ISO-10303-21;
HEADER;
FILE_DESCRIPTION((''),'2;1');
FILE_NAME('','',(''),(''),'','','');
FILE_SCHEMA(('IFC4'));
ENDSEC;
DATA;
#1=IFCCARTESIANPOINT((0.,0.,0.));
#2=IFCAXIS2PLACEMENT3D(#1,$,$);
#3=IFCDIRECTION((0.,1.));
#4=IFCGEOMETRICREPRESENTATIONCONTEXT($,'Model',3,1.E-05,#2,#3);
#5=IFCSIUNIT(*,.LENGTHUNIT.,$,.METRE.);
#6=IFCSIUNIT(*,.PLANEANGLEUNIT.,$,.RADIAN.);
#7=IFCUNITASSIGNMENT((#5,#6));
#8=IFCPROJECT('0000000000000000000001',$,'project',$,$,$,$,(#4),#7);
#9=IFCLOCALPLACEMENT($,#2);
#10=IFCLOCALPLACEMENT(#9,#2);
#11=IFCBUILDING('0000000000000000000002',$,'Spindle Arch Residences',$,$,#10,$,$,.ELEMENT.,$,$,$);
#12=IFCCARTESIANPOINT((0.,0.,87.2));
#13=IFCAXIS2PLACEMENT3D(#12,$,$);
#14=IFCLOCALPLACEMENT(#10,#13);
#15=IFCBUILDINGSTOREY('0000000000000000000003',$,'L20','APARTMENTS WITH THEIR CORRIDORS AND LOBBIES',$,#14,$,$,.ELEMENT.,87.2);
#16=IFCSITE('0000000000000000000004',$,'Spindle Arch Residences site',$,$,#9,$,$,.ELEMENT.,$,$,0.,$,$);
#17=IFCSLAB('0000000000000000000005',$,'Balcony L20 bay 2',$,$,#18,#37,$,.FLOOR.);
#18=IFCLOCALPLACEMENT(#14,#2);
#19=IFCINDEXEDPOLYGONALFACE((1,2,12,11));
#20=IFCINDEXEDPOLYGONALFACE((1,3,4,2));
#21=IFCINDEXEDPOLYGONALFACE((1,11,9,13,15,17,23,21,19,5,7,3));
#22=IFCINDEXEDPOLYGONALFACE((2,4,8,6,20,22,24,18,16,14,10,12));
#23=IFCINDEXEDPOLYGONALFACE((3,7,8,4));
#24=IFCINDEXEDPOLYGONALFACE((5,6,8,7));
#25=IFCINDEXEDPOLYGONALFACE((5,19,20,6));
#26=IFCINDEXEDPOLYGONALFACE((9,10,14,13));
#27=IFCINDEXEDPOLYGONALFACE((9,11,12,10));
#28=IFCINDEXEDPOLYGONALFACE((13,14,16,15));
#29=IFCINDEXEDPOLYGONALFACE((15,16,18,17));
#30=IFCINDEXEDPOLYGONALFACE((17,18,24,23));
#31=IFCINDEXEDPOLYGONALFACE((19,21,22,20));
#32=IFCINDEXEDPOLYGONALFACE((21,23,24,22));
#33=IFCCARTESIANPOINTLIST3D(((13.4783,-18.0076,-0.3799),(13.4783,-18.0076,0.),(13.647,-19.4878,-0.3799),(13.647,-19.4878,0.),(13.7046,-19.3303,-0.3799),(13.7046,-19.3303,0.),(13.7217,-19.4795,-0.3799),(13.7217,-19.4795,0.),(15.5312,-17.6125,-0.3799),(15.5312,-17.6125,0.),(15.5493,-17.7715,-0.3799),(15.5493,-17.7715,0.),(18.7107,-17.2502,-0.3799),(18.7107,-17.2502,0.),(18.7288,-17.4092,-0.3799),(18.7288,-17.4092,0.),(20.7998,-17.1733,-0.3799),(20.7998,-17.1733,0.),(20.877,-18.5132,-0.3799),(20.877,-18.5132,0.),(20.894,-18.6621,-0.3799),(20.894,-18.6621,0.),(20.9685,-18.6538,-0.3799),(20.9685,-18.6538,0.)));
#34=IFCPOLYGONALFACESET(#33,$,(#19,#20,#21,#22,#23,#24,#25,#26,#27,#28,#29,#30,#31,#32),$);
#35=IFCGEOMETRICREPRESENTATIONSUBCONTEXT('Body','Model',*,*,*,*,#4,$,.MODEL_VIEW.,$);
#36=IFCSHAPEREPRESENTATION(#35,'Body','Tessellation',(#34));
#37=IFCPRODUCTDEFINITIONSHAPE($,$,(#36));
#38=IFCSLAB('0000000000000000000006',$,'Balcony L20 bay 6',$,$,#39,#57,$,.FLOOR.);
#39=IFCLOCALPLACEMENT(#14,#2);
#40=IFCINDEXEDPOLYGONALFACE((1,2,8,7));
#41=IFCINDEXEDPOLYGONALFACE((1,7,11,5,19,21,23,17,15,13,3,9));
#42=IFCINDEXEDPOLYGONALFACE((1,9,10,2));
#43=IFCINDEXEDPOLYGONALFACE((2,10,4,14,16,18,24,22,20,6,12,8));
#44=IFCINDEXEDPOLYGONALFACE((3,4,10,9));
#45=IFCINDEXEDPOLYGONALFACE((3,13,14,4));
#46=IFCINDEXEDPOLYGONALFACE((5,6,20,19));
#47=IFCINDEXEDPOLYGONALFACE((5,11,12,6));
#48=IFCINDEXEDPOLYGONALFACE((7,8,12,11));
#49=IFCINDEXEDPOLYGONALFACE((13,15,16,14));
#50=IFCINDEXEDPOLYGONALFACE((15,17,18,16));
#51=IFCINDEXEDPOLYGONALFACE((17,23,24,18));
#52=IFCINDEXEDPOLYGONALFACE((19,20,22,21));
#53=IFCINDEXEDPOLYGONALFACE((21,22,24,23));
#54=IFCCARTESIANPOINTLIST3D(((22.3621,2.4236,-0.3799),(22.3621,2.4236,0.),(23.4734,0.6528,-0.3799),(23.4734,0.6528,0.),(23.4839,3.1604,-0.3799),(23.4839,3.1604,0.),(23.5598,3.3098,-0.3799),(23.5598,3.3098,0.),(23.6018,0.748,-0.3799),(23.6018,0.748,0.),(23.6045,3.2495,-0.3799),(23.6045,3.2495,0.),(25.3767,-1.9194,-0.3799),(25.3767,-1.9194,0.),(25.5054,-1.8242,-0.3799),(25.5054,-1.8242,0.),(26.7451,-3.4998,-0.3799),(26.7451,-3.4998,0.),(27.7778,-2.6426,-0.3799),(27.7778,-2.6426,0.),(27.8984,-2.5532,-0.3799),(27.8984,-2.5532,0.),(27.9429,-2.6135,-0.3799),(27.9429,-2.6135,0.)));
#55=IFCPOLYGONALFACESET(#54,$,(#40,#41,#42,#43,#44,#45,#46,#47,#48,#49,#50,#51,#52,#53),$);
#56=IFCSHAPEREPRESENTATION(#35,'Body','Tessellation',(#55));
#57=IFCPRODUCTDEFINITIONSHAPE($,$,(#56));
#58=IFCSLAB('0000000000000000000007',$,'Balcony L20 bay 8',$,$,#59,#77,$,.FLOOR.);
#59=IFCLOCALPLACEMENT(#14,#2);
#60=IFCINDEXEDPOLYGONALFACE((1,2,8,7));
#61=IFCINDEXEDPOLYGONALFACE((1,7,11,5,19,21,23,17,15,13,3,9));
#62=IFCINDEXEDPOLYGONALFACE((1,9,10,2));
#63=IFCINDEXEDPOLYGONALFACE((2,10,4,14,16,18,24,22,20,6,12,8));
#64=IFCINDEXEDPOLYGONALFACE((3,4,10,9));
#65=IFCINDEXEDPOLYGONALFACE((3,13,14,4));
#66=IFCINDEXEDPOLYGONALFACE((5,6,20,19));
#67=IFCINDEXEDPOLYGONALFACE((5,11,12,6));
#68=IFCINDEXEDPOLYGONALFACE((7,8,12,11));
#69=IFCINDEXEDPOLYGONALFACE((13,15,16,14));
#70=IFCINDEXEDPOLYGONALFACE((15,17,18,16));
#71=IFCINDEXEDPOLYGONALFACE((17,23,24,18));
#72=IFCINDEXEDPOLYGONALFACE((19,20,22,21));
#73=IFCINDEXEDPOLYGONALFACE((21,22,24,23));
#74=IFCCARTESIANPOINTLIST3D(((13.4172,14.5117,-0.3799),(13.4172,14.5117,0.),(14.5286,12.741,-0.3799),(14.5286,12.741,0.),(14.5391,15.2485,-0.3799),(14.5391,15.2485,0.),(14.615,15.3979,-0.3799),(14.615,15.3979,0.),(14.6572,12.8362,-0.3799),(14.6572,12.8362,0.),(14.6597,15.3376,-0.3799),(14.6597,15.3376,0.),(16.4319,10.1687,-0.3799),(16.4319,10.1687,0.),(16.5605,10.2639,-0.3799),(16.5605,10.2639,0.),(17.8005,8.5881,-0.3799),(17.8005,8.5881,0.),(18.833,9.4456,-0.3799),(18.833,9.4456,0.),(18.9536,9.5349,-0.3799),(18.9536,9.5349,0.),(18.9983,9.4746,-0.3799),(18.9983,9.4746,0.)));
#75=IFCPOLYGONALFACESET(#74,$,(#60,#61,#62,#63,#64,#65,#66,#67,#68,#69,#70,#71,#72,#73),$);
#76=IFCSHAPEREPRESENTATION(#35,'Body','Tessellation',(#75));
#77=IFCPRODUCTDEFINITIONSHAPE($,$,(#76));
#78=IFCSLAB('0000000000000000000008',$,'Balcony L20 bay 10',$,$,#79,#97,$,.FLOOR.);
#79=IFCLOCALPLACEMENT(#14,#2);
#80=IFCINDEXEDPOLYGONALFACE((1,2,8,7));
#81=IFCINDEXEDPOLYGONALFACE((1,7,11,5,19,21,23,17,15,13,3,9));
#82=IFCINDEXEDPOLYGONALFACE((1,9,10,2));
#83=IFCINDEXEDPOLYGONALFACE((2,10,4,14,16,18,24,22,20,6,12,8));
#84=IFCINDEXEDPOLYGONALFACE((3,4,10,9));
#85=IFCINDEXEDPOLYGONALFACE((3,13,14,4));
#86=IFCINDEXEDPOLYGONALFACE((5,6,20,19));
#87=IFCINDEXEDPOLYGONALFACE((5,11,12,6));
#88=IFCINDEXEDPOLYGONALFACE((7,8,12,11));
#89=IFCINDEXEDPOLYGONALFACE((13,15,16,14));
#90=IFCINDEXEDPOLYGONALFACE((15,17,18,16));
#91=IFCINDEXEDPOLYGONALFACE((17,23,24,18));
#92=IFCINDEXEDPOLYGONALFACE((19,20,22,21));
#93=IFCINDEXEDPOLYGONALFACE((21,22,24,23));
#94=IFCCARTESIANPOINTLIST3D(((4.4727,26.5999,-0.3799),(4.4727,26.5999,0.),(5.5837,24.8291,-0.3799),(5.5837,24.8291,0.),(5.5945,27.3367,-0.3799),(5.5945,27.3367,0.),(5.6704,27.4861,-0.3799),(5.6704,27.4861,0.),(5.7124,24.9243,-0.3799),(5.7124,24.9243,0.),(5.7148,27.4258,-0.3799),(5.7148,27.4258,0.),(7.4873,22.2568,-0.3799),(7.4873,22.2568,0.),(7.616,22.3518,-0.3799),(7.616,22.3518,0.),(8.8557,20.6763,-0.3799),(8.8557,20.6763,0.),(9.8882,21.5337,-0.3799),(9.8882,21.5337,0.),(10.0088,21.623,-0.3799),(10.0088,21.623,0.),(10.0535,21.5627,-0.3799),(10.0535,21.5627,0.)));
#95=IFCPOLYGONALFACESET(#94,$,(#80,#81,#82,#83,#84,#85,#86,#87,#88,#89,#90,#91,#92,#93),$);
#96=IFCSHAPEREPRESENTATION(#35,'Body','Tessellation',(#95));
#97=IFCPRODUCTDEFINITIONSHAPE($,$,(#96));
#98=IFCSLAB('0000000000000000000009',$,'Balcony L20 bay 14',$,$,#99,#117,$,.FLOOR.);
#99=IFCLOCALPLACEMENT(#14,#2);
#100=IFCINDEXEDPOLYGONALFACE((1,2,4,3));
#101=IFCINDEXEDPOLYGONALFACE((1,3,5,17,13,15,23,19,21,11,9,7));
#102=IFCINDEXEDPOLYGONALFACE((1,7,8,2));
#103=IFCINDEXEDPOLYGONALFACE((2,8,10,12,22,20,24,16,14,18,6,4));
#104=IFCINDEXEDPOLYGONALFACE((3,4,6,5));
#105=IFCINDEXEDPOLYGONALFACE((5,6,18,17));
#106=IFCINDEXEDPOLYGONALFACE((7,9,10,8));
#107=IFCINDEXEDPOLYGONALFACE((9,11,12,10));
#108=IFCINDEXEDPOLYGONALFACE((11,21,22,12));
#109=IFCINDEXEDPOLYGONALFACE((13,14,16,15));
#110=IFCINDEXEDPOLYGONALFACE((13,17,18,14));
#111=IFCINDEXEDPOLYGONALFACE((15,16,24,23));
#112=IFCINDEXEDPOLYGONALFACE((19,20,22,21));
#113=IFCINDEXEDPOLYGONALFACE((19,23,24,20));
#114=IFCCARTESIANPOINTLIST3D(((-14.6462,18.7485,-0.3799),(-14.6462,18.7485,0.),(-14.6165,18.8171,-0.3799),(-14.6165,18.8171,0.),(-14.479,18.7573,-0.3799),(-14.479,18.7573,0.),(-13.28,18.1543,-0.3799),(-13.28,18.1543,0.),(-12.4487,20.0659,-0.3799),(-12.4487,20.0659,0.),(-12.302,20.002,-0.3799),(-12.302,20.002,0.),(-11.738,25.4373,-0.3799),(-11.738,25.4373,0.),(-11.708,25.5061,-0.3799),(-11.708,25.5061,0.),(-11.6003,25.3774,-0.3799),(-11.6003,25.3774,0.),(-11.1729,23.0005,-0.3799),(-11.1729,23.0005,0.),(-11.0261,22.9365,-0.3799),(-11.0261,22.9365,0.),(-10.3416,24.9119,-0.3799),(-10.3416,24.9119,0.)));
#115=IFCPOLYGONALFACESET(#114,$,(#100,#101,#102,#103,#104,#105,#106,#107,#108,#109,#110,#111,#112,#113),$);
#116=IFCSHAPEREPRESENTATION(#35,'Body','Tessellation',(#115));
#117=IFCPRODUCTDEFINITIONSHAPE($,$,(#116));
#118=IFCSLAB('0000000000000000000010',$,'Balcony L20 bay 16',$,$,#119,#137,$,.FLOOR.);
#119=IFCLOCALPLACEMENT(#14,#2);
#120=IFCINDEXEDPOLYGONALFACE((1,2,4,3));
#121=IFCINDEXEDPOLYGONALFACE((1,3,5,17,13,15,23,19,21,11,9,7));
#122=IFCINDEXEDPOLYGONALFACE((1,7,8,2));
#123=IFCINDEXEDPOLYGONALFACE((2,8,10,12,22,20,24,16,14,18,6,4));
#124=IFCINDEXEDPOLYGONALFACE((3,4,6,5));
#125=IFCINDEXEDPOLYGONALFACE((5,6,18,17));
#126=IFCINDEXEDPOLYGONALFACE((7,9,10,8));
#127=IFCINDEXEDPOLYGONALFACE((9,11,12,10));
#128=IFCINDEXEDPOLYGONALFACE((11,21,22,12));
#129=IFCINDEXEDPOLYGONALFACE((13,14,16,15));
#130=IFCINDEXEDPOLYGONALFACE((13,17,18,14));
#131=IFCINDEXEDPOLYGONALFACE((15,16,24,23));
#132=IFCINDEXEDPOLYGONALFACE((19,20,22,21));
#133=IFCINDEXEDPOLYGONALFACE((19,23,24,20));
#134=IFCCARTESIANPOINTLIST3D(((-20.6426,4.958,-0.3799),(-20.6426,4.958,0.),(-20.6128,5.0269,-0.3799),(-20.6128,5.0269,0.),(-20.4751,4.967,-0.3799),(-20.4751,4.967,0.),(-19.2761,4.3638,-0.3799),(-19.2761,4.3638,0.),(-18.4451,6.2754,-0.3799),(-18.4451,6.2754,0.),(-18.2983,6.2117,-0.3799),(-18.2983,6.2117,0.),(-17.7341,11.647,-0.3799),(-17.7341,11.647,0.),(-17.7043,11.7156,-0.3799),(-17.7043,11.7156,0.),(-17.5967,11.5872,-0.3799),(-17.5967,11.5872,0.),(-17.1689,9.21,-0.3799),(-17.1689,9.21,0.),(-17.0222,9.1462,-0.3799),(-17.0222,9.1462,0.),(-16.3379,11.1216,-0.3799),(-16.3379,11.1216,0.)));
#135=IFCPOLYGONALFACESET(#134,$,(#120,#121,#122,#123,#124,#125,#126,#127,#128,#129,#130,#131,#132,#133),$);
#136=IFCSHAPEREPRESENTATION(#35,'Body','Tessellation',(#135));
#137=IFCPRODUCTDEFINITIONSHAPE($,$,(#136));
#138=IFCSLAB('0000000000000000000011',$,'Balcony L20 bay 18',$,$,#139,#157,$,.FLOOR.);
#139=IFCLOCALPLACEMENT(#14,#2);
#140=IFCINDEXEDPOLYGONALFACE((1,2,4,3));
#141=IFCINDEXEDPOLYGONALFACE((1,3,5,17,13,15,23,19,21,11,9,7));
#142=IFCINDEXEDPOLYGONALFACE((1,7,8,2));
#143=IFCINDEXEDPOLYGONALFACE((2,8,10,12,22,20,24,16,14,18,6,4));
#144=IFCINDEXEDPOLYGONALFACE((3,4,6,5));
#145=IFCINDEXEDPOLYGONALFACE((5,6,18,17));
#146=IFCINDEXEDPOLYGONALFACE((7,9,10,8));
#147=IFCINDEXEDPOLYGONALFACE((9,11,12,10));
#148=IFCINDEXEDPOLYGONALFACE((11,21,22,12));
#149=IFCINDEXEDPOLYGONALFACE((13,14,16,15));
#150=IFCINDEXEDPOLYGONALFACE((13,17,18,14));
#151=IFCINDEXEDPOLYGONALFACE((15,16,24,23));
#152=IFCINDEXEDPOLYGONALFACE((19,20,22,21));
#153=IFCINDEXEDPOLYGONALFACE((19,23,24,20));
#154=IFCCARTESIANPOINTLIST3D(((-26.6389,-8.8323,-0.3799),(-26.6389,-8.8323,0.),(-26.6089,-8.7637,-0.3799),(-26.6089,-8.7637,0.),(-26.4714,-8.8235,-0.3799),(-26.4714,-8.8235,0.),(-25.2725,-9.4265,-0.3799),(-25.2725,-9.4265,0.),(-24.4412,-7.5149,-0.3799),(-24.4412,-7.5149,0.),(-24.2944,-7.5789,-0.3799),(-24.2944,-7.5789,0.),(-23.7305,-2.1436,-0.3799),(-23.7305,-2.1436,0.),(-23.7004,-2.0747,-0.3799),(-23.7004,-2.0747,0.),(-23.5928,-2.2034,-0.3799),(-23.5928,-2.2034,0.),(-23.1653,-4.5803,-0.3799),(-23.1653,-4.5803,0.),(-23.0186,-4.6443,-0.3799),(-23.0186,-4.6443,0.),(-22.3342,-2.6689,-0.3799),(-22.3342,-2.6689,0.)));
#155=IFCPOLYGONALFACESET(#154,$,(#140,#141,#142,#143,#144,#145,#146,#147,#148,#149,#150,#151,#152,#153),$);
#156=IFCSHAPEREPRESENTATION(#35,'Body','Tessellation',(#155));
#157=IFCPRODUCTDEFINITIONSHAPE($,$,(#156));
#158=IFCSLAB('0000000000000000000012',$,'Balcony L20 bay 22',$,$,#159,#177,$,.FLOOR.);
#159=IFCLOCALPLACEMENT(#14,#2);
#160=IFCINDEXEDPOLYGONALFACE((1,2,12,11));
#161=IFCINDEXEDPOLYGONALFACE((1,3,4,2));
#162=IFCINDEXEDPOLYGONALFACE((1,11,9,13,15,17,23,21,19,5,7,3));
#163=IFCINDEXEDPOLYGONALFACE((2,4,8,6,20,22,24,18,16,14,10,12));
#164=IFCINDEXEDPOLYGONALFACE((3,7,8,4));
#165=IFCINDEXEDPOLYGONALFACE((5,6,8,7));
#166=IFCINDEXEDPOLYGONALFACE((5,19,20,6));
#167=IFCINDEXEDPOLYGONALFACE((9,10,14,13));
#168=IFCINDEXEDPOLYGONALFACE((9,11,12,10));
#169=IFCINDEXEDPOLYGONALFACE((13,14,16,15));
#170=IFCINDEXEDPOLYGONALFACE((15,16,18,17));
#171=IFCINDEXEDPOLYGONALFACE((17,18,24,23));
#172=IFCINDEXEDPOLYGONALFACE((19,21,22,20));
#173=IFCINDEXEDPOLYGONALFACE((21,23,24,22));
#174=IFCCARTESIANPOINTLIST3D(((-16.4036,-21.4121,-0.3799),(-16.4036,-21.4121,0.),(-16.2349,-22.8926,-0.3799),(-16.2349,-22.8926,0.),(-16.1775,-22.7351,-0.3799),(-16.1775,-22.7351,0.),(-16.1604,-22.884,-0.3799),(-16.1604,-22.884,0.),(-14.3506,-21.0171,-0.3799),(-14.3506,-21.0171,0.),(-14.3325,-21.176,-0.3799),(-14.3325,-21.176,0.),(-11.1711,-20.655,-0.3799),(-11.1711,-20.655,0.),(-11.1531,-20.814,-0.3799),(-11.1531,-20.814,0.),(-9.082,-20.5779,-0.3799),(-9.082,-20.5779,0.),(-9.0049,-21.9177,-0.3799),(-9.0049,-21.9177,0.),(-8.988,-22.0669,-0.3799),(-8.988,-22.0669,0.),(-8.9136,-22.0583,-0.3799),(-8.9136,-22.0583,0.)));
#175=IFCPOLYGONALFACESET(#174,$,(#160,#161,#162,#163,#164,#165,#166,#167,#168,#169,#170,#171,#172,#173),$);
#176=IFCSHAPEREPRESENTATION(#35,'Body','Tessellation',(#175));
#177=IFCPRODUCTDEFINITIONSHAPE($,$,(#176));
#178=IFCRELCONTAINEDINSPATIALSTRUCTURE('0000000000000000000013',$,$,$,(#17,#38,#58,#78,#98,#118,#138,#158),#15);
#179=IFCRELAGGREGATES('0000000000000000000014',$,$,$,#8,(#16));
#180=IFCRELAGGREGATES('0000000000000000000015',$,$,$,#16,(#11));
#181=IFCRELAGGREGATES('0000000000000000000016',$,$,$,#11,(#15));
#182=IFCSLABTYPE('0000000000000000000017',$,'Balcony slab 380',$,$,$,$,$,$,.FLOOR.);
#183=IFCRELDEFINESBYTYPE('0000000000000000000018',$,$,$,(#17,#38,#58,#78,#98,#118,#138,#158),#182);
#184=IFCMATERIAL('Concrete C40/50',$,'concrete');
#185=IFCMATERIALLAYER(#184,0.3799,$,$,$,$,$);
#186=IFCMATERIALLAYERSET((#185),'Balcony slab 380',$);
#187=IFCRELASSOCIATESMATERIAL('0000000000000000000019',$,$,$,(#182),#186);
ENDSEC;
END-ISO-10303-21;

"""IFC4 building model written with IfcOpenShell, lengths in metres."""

from ifc_helpers import new_model, si_unit, direction, frame, origin, place, context, subcontext, project, spatial, polyline, outline, extrude, material, layer, layer_set, type_object, element, save


model = new_model("IFC4")

# Units and contexts
model_context = context("Model", 3, precision=1e-05, world=origin(), true_north=direction((0.0, 1.0)))
body_context = subcontext(model_context, "Body", "Model", "MODEL_VIEW")
ifc_project = project(units=[si_unit("LENGTHUNIT", "METRE"), si_unit("PLANEANGLEUNIT", "RADIAN")], contexts=[model_context])

# Site, building, storey
site_placement = place(None, origin())
site = spatial("IfcSite", under=ifc_project, at=site_placement, Name="Spindle Arch Residences site", CompositionType="ELEMENT", RefElevation=0.0)
building_placement = place(site_placement, origin())
building = spatial("IfcBuilding", under=site, at=building_placement, Name="Spindle Arch Residences", CompositionType="ELEMENT")
storey_placement = place(building_placement, frame((0.0, 0.0, 87.2)))
storey = spatial("IfcBuildingStorey", under=building, at=storey_placement, Name="L20", Description="APARTMENTS WITH THEIR CORRIDORS AND LOBBIES", CompositionType="ELEMENT", Elevation=87.2)

# Slabs
ifc_material_1 = material(Name="Concrete C40/50", Category="concrete")
ifc_layer_1 = layer(ifc_material_1, 0.3799)
ifc_layer_set_1 = layer_set([ifc_layer_1], Name="Balcony slab 380")
slab_type_1 = type_object("IfcSlabType", Name="Balcony slab 380", PredefinedType="FLOOR", material=ifc_layer_set_1)
slab_1_placement = place(storey_placement, frame((0.0, 0.0, -0.3799)))
element("IfcSlab", 1, at=slab_1_placement, inside=storey, type_object=slab_type_1, Name="Balcony L20 bay 2", PredefinedType="FLOOR", context=body_context, shape_type="SweptSolid", body=[
    extrude(outline(polyline([(13.647, -19.4878), (13.7217, -19.4795), (13.7046, -19.3303), (20.877, -18.5132), (20.894, -18.6621), (20.9685, -18.6538), (20.7998, -17.1733), (18.7288, -17.4092), (18.7107, -17.2502), (15.5312, -17.6125), (15.5493, -17.7715), (13.4783, -18.0076), (13.647, -19.4878)])), origin(), (0.0, 0.0, 1.0), 0.3799),
])
slab_2_placement = place(storey_placement, frame((0.0, 0.0, -0.3799)))
element("IfcSlab", 2, at=slab_2_placement, inside=storey, type_object=slab_type_1, Name="Balcony L20 bay 6", PredefinedType="FLOOR", context=body_context, shape_type="SweptSolid", body=[
    extrude(outline(polyline([(27.9429, -2.6135), (27.8984, -2.5532), (27.7778, -2.6426), (23.4839, 3.1604), (23.6045, 3.2495), (23.5598, 3.3098), (22.3621, 2.4236), (23.6018, 0.748), (23.4734, 0.6528), (25.3767, -1.9194), (25.5054, -1.8242), (26.7451, -3.4998), (27.9429, -2.6135)])), origin(), (0.0, 0.0, 1.0), 0.3799),
])
slab_3_placement = place(storey_placement, frame((0.0, 0.0, -0.3799)))
element("IfcSlab", 3, at=slab_3_placement, inside=storey, type_object=slab_type_1, Name="Balcony L20 bay 8", PredefinedType="FLOOR", context=body_context, shape_type="SweptSolid", body=[
    extrude(outline(polyline([(18.9983, 9.4746), (18.9536, 9.5349), (18.833, 9.4456), (14.5391, 15.2485), (14.6597, 15.3376), (14.615, 15.3979), (13.4172, 14.5117), (14.6572, 12.8362), (14.5286, 12.741), (16.4319, 10.1687), (16.5605, 10.2639), (17.8005, 8.5881), (18.9983, 9.4746)])), origin(), (0.0, 0.0, 1.0), 0.3799),
])
slab_4_placement = place(storey_placement, frame((0.0, 0.0, -0.3799)))
element("IfcSlab", 4, at=slab_4_placement, inside=storey, type_object=slab_type_1, Name="Balcony L20 bay 10", PredefinedType="FLOOR", context=body_context, shape_type="SweptSolid", body=[
    extrude(outline(polyline([(10.0535, 21.5627), (10.0088, 21.623), (9.8882, 21.5337), (5.5945, 27.3367), (5.7148, 27.4258), (5.6704, 27.4861), (4.4727, 26.5999), (5.7124, 24.9243), (5.5837, 24.8291), (7.4873, 22.2568), (7.616, 22.3518), (8.8557, 20.6763), (10.0535, 21.5627)])), origin(), (0.0, 0.0, 1.0), 0.3799),
])
slab_5_placement = place(storey_placement, frame((0.0, 0.0, -0.3799)))
element("IfcSlab", 5, at=slab_5_placement, inside=storey, type_object=slab_type_1, Name="Balcony L20 bay 14", PredefinedType="FLOOR", context=body_context, shape_type="SweptSolid", body=[
    extrude(outline(polyline([(-11.708, 25.5061), (-11.738, 25.4373), (-11.6003, 25.3774), (-14.479, 18.7573), (-14.6165, 18.8171), (-14.6462, 18.7485), (-13.28, 18.1543), (-12.4487, 20.0659), (-12.302, 20.002), (-11.0261, 22.9365), (-11.1729, 23.0005), (-10.3416, 24.9119), (-11.708, 25.5061)])), origin(), (0.0, 0.0, 1.0), 0.3799),
])
slab_6_placement = place(storey_placement, frame((0.0, 0.0, -0.3799)))
element("IfcSlab", 6, at=slab_6_placement, inside=storey, type_object=slab_type_1, Name="Balcony L20 bay 16", PredefinedType="FLOOR", context=body_context, shape_type="SweptSolid", body=[
    extrude(outline(polyline([(-17.7043, 11.7156), (-17.7341, 11.647), (-17.5967, 11.5872), (-20.4751, 4.967), (-20.6128, 5.0269), (-20.6426, 4.958), (-19.2761, 4.3638), (-18.4451, 6.2754), (-18.2983, 6.2117), (-17.0222, 9.1462), (-17.1689, 9.21), (-16.3379, 11.1216), (-17.7043, 11.7156)])), origin(), (0.0, 0.0, 1.0), 0.3799),
])
slab_7_placement = place(storey_placement, frame((0.0, 0.0, -0.3799)))
element("IfcSlab", 7, at=slab_7_placement, inside=storey, type_object=slab_type_1, Name="Balcony L20 bay 18", PredefinedType="FLOOR", context=body_context, shape_type="SweptSolid", body=[
    extrude(outline(polyline([(-23.7004, -2.0747), (-23.7305, -2.1436), (-23.5928, -2.2034), (-26.4714, -8.8235), (-26.6089, -8.7637), (-26.6389, -8.8323), (-25.2725, -9.4265), (-24.4412, -7.5149), (-24.2944, -7.5789), (-23.0186, -4.6443), (-23.1653, -4.5803), (-22.3342, -2.6689), (-23.7004, -2.0747)])), origin(), (0.0, 0.0, 1.0), 0.3799),
])
slab_8_placement = place(storey_placement, frame((0.0, 0.0, -0.3799)))
element("IfcSlab", 8, at=slab_8_placement, inside=storey, type_object=slab_type_1, Name="Balcony L20 bay 22", PredefinedType="FLOOR", context=body_context, shape_type="SweptSolid", body=[
    extrude(outline(polyline([(-16.2349, -22.8926), (-16.1604, -22.884), (-16.1775, -22.7351), (-9.0049, -21.9177), (-8.988, -22.0669), (-8.9136, -22.0583), (-9.082, -20.5779), (-11.1531, -20.814), (-11.1711, -20.655), (-14.3506, -21.0171), (-14.3325, -21.176), (-16.4036, -21.4121), (-16.2349, -22.8926)])), origin(), (0.0, 0.0, 1.0), 0.3799),
])

save(model, "model.ifc")
